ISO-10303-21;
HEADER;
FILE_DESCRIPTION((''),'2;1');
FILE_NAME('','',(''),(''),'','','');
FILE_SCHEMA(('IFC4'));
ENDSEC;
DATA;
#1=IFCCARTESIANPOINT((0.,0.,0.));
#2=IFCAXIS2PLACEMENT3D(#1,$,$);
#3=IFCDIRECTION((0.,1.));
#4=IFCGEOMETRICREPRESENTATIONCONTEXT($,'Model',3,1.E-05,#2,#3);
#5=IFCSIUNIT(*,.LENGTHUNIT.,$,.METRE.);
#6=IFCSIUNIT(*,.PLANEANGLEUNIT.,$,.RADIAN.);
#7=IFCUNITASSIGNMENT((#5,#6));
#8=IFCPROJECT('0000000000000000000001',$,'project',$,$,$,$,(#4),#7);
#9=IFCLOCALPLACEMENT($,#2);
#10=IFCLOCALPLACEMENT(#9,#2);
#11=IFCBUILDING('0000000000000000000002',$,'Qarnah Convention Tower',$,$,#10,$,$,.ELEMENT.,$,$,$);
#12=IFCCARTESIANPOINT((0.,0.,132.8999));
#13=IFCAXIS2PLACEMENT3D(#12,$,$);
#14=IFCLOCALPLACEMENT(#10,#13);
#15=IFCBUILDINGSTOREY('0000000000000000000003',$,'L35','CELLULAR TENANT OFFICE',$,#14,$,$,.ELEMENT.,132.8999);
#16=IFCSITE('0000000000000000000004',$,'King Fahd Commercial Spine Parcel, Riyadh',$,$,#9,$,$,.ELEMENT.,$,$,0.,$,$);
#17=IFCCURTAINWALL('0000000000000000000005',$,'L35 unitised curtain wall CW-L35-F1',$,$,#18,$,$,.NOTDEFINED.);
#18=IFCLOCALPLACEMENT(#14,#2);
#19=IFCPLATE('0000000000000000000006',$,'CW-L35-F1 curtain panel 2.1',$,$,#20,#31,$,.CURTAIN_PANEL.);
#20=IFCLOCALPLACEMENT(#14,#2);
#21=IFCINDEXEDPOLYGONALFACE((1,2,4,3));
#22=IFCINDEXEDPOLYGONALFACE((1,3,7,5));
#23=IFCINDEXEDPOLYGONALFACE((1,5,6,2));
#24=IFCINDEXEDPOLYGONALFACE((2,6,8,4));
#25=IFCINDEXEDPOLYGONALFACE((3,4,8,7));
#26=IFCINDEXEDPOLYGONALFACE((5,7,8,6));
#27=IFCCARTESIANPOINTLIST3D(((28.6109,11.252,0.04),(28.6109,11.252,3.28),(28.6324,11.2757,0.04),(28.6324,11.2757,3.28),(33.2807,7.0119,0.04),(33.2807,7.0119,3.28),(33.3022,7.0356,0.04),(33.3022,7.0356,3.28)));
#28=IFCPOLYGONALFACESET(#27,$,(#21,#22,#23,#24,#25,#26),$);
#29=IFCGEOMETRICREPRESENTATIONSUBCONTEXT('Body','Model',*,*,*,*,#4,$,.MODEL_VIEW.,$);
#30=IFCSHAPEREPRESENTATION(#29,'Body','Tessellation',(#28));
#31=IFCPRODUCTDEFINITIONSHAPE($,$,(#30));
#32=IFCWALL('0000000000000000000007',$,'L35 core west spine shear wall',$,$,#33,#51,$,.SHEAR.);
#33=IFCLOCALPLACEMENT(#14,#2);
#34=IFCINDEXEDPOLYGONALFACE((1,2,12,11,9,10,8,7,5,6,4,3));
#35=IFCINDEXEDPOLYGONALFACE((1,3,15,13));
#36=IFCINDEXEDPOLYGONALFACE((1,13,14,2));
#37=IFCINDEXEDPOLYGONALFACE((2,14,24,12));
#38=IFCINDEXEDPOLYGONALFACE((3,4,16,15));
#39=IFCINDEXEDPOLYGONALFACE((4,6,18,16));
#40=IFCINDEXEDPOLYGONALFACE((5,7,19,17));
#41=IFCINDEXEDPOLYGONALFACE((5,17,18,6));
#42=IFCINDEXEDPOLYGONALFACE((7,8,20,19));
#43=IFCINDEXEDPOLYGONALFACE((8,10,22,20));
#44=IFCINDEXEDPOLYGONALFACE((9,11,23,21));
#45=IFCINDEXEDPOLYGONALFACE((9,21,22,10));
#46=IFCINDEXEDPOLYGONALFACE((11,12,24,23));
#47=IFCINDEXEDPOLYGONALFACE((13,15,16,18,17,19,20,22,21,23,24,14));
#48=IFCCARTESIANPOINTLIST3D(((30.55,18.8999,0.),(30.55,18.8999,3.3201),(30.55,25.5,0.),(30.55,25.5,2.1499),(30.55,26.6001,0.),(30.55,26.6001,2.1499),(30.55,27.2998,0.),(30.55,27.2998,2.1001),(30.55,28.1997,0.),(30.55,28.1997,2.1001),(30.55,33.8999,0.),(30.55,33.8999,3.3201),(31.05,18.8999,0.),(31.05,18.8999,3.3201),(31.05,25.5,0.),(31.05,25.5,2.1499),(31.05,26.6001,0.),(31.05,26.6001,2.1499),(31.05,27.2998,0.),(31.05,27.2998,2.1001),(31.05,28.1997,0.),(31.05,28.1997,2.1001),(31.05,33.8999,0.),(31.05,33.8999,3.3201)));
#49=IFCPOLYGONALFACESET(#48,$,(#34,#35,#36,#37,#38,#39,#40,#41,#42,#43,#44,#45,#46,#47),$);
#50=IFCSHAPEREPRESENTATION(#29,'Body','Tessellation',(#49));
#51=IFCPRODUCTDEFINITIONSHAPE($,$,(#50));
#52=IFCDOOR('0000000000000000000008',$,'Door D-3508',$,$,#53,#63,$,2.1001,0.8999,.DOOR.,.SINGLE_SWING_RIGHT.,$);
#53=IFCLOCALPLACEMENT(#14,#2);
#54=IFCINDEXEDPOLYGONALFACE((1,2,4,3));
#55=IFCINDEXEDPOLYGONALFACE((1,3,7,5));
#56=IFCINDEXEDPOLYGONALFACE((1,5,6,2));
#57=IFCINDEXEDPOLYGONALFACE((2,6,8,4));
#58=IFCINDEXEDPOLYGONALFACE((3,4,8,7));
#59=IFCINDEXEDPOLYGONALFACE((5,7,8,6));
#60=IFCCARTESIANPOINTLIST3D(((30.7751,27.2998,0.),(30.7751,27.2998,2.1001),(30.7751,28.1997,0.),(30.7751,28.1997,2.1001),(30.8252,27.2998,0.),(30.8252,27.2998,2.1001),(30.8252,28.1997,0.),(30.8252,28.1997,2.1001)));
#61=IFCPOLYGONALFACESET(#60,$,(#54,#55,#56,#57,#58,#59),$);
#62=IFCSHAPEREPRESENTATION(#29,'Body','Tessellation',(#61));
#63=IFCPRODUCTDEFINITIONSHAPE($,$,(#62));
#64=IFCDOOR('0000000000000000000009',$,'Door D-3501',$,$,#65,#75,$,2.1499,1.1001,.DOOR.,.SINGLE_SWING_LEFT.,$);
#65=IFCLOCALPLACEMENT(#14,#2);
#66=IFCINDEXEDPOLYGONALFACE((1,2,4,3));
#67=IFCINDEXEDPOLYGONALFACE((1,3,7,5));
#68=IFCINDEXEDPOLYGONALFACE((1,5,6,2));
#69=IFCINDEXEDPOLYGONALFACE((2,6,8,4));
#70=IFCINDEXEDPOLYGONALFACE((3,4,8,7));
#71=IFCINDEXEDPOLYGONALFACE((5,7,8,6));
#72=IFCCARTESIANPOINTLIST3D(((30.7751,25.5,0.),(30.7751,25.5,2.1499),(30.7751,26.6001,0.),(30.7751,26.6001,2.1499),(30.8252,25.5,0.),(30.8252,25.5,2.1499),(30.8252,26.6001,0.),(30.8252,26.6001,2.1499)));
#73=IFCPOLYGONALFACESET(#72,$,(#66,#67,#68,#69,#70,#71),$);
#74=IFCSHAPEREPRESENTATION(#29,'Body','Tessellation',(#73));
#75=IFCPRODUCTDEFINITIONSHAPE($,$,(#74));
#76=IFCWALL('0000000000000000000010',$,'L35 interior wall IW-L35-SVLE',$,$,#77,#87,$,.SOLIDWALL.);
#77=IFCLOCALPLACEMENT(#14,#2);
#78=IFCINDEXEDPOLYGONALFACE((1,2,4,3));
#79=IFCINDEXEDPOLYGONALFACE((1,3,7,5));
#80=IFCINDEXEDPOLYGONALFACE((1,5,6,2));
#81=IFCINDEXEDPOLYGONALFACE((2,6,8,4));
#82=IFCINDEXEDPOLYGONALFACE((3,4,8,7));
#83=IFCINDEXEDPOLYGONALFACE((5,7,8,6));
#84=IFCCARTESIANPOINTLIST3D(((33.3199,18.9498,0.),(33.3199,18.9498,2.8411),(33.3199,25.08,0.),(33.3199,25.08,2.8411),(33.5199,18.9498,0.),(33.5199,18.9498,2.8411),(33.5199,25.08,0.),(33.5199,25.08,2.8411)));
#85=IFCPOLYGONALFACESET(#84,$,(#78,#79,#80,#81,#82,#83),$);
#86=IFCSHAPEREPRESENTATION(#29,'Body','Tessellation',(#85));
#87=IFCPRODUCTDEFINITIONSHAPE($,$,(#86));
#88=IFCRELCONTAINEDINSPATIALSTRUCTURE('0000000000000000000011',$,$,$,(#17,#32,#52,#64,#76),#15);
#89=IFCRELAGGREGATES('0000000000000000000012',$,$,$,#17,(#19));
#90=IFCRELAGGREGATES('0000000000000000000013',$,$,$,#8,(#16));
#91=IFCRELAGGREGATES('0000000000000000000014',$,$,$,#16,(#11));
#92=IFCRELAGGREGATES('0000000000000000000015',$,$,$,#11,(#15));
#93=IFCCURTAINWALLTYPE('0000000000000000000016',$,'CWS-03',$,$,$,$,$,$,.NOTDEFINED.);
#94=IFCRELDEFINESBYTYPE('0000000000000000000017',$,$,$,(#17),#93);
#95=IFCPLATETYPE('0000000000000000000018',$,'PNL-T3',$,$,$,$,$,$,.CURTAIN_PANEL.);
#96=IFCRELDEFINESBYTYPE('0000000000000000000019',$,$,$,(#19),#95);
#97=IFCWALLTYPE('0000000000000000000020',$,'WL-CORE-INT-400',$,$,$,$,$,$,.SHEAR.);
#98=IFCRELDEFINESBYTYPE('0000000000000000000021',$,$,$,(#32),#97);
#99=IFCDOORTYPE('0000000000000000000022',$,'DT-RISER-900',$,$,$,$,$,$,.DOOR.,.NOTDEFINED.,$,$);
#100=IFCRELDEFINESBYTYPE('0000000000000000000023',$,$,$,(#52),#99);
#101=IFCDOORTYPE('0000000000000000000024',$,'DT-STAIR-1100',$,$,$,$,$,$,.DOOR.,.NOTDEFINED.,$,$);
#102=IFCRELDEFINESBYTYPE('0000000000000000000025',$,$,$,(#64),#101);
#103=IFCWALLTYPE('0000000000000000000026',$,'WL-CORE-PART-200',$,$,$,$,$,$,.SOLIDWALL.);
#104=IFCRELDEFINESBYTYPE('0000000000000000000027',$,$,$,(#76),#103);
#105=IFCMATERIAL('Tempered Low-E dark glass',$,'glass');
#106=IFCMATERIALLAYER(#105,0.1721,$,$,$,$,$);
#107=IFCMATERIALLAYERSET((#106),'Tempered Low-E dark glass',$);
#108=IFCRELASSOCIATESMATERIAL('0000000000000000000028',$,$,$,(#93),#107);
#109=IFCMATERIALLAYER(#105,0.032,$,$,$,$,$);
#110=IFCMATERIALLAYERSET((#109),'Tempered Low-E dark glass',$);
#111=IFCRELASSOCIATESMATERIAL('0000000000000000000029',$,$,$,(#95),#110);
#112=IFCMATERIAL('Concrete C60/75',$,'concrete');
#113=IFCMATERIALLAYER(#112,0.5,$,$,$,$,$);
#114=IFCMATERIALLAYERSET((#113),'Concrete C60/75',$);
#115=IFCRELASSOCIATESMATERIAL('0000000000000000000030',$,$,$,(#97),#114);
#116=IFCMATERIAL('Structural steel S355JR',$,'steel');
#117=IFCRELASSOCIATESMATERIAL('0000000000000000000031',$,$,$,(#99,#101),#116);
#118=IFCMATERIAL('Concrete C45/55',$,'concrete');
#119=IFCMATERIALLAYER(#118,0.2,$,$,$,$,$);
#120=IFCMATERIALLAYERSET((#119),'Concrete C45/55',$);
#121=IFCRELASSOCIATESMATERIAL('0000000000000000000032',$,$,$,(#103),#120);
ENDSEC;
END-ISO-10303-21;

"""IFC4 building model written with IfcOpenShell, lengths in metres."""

from ifc_helpers import new_model, si_unit, direction, frame, frame_2d, origin, origin_2d, place, context, subcontext, project, spatial, rectangle, extrude, material, layer, layer_set, type_object, element, fill, aggregate, save


model = new_model("IFC4")

# Units and contexts
model_context = context("Model", 3, precision=1e-05, world=origin(), true_north=direction((0.0, 1.0)))
body_context = subcontext(model_context, "Body", "Model", "MODEL_VIEW")
ifc_project = project(units=[si_unit("LENGTHUNIT", "METRE"), si_unit("PLANEANGLEUNIT", "RADIAN")], contexts=[model_context])

# Site, building, storey
site_placement = place(None, origin())
site = spatial("IfcSite", under=ifc_project, at=site_placement, Name="King Fahd Commercial Spine Parcel, Riyadh", CompositionType="ELEMENT", RefElevation=0.0)
building_placement = place(site_placement, origin())
building = spatial("IfcBuilding", under=site, at=building_placement, Name="Qarnah Convention Tower", CompositionType="ELEMENT")
storey_placement = place(building_placement, frame((0.0, 0.0, 132.8999)))
storey = spatial("IfcBuildingStorey", under=building, at=storey_placement, Name="L35", Description="CELLULAR TENANT OFFICE", CompositionType="ELEMENT", Elevation=132.8999)

# Shared definitions
ifc_material_1 = material(Name="Concrete C60/75", Category="concrete")

# Shared definitions
ifc_material_2 = material(Name="Structural steel S355JR", Category="steel")

# Curtain wall, plate
ifc_material_3 = material(Name="Tempered Low-E dark glass", Category="glass")
ifc_layer_1 = layer(ifc_material_3, 0.1721)
ifc_layer_set_1 = layer_set([ifc_layer_1], Name="Tempered Low-E dark glass")
curtain_wall_type = type_object("IfcCurtainWallType", Name="CWS-03", PredefinedType="NOTDEFINED", material=ifc_layer_set_1)
curtain_wall_placement = place(storey_placement, origin())
curtain_wall = element("IfcCurtainWall", 1, at=curtain_wall_placement, inside=storey, type_object=curtain_wall_type, Name="L35 unitised curtain wall CW-L35-F1", PredefinedType="NOTDEFINED")
ifc_layer_2 = layer(ifc_material_3, 0.032)
ifc_layer_set_2 = layer_set([ifc_layer_2], Name="Tempered Low-E dark glass")
plate_type = type_object("IfcPlateType", Name="PNL-T3", PredefinedType="CURTAIN_PANEL", material=ifc_layer_set_2)
plate_1_placement = place(storey_placement, frame((30.9565, 9.1438, 0.04), z_axis=(0.0, 0.0, 1.0), x_axis=(-0.740352, 0.672219, 0.0)))
plate_1 = element("IfcPlate", 2, at=plate_1_placement, type_object=plate_type, Name="CW-L35-F1 curtain panel 2.1", PredefinedType="CURTAIN_PANEL", context=body_context, shape_type="SweptSolid", body=[
    extrude(rectangle(XDim=6.3076, YDim=0.032, at=origin_2d()), origin(), (0.0, 0.0, 1.0), 3.24),
])
aggregate(curtain_wall, [plate_1])

# Wall, openings, doors
ifc_layer_3 = layer(ifc_material_1, 0.5)
ifc_layer_set_3 = layer_set([ifc_layer_3], Name="Concrete C60/75")
wall_type_1 = type_object("IfcWallType", Name="WL-CORE-INT-400", PredefinedType="SHEAR", material=ifc_layer_set_3)
wall_1_placement = place(storey_placement, frame((30.8, 18.8999, 0.0), z_axis=(0.0, 0.0, 1.0), x_axis=(0.0, 1.0, 0.0)))
wall_1 = element("IfcWall", 3, at=wall_1_placement, inside=storey, type_object=wall_type_1, Name="L35 core west spine shear wall", PredefinedType="SHEAR", context=body_context, shape_type="SweptSolid", body=[
    extrude(rectangle(XDim=15.0, YDim=0.5, at=frame_2d((7.5, 0.0))), origin(), (0.0, 0.0, 1.0), 3.3201),
])
opening_1_placement = place(wall_1_placement, frame((6.6001, 0.0, 0.0)))
opening_1 = element("IfcOpeningElement", 4, at=opening_1_placement, cuts=wall_1, PredefinedType="OPENING", context=body_context, shape_type="SweptSolid", body=[
    extrude(rectangle(XDim=1.1001, YDim=2.1499, at=frame_2d((0.55, 1.075))), frame((0.0, 0.26, 0.0), z_axis=(0.0, -1.0, 0.0), x_axis=(1.0, 0.0, 0.0)), (0.0, 0.0, 1.0), 0.52),
])
opening_2_placement = place(wall_1_placement, frame((8.3999, 0.0, 0.0)))
opening_2 = element("IfcOpeningElement", 5, at=opening_2_placement, cuts=wall_1, PredefinedType="OPENING", context=body_context, shape_type="SweptSolid", body=[
    extrude(rectangle(XDim=0.8999, YDim=2.1001, at=frame_2d((0.45, 1.05))), frame((0.0, 0.26, 0.0), z_axis=(0.0, -1.0, 0.0), x_axis=(1.0, 0.0, 0.0)), (0.0, 0.0, 1.0), 0.52),
])
door_type_1 = type_object("IfcDoorType", Name="DT-RISER-900", OperationType="NOTDEFINED", PredefinedType="DOOR", material=ifc_material_2)
door_1_placement = place(opening_2_placement, origin())
door_1 = element("IfcDoor", 6, at=door_1_placement, inside=storey, type_object=door_type_1, Name="Door D-3508", OperationType="SINGLE_SWING_RIGHT", OverallHeight=2.1001, OverallWidth=0.8999, PredefinedType="DOOR", context=body_context, shape_type="SweptSolid", body=[
    extrude(rectangle(XDim=0.8999, YDim=2.1001, at=frame_2d((0.45, 1.05))), frame((0.0, 0.0249, 0.0), z_axis=(0.0, -1.0, 0.0), x_axis=(1.0, 0.0, 0.0)), (0.0, 0.0, 1.0), 0.05),
])
fill(opening_2, door_1)
door_type_2 = type_object("IfcDoorType", Name="DT-STAIR-1100", OperationType="NOTDEFINED", PredefinedType="DOOR", material=ifc_material_2)
door_2_placement = place(opening_1_placement, origin())
door_2 = element("IfcDoor", 7, at=door_2_placement, inside=storey, type_object=door_type_2, Name="Door D-3501", OperationType="SINGLE_SWING_LEFT", OverallHeight=2.1499, OverallWidth=1.1001, PredefinedType="DOOR", context=body_context, shape_type="SweptSolid", body=[
    extrude(rectangle(XDim=1.1001, YDim=2.1499, at=frame_2d((0.55, 1.075))), frame((0.0, 0.0249, 0.0), z_axis=(0.0, -1.0, 0.0), x_axis=(1.0, 0.0, 0.0)), (0.0, 0.0, 1.0), 0.05),
])
fill(opening_1, door_2)

# Wall
ifc_material_4 = material(Name="Concrete C45/55", Category="concrete")
ifc_layer_4 = layer(ifc_material_4, 0.2)
ifc_layer_set_4 = layer_set([ifc_layer_4], Name="Concrete C45/55")
wall_type_2 = type_object("IfcWallType", Name="WL-CORE-PART-200", PredefinedType="SOLIDWALL", material=ifc_layer_set_4)
wall_2_placement = place(storey_placement, frame((33.4199, 18.95, 0.0), z_axis=(0.0, 0.0, 1.0), x_axis=(0.0, 1.0, 0.0)))
element("IfcWall", 8, at=wall_2_placement, inside=storey, type_object=wall_type_2, Name="L35 interior wall IW-L35-SVLE", PredefinedType="SOLIDWALL", context=body_context, shape_type="SweptSolid", body=[
    extrude(rectangle(XDim=6.1301, YDim=0.2, at=frame_2d((3.0649, 0.0))), origin(), (0.0, 0.0, 1.0), 2.8411),
])

save(model, "model.ifc")
